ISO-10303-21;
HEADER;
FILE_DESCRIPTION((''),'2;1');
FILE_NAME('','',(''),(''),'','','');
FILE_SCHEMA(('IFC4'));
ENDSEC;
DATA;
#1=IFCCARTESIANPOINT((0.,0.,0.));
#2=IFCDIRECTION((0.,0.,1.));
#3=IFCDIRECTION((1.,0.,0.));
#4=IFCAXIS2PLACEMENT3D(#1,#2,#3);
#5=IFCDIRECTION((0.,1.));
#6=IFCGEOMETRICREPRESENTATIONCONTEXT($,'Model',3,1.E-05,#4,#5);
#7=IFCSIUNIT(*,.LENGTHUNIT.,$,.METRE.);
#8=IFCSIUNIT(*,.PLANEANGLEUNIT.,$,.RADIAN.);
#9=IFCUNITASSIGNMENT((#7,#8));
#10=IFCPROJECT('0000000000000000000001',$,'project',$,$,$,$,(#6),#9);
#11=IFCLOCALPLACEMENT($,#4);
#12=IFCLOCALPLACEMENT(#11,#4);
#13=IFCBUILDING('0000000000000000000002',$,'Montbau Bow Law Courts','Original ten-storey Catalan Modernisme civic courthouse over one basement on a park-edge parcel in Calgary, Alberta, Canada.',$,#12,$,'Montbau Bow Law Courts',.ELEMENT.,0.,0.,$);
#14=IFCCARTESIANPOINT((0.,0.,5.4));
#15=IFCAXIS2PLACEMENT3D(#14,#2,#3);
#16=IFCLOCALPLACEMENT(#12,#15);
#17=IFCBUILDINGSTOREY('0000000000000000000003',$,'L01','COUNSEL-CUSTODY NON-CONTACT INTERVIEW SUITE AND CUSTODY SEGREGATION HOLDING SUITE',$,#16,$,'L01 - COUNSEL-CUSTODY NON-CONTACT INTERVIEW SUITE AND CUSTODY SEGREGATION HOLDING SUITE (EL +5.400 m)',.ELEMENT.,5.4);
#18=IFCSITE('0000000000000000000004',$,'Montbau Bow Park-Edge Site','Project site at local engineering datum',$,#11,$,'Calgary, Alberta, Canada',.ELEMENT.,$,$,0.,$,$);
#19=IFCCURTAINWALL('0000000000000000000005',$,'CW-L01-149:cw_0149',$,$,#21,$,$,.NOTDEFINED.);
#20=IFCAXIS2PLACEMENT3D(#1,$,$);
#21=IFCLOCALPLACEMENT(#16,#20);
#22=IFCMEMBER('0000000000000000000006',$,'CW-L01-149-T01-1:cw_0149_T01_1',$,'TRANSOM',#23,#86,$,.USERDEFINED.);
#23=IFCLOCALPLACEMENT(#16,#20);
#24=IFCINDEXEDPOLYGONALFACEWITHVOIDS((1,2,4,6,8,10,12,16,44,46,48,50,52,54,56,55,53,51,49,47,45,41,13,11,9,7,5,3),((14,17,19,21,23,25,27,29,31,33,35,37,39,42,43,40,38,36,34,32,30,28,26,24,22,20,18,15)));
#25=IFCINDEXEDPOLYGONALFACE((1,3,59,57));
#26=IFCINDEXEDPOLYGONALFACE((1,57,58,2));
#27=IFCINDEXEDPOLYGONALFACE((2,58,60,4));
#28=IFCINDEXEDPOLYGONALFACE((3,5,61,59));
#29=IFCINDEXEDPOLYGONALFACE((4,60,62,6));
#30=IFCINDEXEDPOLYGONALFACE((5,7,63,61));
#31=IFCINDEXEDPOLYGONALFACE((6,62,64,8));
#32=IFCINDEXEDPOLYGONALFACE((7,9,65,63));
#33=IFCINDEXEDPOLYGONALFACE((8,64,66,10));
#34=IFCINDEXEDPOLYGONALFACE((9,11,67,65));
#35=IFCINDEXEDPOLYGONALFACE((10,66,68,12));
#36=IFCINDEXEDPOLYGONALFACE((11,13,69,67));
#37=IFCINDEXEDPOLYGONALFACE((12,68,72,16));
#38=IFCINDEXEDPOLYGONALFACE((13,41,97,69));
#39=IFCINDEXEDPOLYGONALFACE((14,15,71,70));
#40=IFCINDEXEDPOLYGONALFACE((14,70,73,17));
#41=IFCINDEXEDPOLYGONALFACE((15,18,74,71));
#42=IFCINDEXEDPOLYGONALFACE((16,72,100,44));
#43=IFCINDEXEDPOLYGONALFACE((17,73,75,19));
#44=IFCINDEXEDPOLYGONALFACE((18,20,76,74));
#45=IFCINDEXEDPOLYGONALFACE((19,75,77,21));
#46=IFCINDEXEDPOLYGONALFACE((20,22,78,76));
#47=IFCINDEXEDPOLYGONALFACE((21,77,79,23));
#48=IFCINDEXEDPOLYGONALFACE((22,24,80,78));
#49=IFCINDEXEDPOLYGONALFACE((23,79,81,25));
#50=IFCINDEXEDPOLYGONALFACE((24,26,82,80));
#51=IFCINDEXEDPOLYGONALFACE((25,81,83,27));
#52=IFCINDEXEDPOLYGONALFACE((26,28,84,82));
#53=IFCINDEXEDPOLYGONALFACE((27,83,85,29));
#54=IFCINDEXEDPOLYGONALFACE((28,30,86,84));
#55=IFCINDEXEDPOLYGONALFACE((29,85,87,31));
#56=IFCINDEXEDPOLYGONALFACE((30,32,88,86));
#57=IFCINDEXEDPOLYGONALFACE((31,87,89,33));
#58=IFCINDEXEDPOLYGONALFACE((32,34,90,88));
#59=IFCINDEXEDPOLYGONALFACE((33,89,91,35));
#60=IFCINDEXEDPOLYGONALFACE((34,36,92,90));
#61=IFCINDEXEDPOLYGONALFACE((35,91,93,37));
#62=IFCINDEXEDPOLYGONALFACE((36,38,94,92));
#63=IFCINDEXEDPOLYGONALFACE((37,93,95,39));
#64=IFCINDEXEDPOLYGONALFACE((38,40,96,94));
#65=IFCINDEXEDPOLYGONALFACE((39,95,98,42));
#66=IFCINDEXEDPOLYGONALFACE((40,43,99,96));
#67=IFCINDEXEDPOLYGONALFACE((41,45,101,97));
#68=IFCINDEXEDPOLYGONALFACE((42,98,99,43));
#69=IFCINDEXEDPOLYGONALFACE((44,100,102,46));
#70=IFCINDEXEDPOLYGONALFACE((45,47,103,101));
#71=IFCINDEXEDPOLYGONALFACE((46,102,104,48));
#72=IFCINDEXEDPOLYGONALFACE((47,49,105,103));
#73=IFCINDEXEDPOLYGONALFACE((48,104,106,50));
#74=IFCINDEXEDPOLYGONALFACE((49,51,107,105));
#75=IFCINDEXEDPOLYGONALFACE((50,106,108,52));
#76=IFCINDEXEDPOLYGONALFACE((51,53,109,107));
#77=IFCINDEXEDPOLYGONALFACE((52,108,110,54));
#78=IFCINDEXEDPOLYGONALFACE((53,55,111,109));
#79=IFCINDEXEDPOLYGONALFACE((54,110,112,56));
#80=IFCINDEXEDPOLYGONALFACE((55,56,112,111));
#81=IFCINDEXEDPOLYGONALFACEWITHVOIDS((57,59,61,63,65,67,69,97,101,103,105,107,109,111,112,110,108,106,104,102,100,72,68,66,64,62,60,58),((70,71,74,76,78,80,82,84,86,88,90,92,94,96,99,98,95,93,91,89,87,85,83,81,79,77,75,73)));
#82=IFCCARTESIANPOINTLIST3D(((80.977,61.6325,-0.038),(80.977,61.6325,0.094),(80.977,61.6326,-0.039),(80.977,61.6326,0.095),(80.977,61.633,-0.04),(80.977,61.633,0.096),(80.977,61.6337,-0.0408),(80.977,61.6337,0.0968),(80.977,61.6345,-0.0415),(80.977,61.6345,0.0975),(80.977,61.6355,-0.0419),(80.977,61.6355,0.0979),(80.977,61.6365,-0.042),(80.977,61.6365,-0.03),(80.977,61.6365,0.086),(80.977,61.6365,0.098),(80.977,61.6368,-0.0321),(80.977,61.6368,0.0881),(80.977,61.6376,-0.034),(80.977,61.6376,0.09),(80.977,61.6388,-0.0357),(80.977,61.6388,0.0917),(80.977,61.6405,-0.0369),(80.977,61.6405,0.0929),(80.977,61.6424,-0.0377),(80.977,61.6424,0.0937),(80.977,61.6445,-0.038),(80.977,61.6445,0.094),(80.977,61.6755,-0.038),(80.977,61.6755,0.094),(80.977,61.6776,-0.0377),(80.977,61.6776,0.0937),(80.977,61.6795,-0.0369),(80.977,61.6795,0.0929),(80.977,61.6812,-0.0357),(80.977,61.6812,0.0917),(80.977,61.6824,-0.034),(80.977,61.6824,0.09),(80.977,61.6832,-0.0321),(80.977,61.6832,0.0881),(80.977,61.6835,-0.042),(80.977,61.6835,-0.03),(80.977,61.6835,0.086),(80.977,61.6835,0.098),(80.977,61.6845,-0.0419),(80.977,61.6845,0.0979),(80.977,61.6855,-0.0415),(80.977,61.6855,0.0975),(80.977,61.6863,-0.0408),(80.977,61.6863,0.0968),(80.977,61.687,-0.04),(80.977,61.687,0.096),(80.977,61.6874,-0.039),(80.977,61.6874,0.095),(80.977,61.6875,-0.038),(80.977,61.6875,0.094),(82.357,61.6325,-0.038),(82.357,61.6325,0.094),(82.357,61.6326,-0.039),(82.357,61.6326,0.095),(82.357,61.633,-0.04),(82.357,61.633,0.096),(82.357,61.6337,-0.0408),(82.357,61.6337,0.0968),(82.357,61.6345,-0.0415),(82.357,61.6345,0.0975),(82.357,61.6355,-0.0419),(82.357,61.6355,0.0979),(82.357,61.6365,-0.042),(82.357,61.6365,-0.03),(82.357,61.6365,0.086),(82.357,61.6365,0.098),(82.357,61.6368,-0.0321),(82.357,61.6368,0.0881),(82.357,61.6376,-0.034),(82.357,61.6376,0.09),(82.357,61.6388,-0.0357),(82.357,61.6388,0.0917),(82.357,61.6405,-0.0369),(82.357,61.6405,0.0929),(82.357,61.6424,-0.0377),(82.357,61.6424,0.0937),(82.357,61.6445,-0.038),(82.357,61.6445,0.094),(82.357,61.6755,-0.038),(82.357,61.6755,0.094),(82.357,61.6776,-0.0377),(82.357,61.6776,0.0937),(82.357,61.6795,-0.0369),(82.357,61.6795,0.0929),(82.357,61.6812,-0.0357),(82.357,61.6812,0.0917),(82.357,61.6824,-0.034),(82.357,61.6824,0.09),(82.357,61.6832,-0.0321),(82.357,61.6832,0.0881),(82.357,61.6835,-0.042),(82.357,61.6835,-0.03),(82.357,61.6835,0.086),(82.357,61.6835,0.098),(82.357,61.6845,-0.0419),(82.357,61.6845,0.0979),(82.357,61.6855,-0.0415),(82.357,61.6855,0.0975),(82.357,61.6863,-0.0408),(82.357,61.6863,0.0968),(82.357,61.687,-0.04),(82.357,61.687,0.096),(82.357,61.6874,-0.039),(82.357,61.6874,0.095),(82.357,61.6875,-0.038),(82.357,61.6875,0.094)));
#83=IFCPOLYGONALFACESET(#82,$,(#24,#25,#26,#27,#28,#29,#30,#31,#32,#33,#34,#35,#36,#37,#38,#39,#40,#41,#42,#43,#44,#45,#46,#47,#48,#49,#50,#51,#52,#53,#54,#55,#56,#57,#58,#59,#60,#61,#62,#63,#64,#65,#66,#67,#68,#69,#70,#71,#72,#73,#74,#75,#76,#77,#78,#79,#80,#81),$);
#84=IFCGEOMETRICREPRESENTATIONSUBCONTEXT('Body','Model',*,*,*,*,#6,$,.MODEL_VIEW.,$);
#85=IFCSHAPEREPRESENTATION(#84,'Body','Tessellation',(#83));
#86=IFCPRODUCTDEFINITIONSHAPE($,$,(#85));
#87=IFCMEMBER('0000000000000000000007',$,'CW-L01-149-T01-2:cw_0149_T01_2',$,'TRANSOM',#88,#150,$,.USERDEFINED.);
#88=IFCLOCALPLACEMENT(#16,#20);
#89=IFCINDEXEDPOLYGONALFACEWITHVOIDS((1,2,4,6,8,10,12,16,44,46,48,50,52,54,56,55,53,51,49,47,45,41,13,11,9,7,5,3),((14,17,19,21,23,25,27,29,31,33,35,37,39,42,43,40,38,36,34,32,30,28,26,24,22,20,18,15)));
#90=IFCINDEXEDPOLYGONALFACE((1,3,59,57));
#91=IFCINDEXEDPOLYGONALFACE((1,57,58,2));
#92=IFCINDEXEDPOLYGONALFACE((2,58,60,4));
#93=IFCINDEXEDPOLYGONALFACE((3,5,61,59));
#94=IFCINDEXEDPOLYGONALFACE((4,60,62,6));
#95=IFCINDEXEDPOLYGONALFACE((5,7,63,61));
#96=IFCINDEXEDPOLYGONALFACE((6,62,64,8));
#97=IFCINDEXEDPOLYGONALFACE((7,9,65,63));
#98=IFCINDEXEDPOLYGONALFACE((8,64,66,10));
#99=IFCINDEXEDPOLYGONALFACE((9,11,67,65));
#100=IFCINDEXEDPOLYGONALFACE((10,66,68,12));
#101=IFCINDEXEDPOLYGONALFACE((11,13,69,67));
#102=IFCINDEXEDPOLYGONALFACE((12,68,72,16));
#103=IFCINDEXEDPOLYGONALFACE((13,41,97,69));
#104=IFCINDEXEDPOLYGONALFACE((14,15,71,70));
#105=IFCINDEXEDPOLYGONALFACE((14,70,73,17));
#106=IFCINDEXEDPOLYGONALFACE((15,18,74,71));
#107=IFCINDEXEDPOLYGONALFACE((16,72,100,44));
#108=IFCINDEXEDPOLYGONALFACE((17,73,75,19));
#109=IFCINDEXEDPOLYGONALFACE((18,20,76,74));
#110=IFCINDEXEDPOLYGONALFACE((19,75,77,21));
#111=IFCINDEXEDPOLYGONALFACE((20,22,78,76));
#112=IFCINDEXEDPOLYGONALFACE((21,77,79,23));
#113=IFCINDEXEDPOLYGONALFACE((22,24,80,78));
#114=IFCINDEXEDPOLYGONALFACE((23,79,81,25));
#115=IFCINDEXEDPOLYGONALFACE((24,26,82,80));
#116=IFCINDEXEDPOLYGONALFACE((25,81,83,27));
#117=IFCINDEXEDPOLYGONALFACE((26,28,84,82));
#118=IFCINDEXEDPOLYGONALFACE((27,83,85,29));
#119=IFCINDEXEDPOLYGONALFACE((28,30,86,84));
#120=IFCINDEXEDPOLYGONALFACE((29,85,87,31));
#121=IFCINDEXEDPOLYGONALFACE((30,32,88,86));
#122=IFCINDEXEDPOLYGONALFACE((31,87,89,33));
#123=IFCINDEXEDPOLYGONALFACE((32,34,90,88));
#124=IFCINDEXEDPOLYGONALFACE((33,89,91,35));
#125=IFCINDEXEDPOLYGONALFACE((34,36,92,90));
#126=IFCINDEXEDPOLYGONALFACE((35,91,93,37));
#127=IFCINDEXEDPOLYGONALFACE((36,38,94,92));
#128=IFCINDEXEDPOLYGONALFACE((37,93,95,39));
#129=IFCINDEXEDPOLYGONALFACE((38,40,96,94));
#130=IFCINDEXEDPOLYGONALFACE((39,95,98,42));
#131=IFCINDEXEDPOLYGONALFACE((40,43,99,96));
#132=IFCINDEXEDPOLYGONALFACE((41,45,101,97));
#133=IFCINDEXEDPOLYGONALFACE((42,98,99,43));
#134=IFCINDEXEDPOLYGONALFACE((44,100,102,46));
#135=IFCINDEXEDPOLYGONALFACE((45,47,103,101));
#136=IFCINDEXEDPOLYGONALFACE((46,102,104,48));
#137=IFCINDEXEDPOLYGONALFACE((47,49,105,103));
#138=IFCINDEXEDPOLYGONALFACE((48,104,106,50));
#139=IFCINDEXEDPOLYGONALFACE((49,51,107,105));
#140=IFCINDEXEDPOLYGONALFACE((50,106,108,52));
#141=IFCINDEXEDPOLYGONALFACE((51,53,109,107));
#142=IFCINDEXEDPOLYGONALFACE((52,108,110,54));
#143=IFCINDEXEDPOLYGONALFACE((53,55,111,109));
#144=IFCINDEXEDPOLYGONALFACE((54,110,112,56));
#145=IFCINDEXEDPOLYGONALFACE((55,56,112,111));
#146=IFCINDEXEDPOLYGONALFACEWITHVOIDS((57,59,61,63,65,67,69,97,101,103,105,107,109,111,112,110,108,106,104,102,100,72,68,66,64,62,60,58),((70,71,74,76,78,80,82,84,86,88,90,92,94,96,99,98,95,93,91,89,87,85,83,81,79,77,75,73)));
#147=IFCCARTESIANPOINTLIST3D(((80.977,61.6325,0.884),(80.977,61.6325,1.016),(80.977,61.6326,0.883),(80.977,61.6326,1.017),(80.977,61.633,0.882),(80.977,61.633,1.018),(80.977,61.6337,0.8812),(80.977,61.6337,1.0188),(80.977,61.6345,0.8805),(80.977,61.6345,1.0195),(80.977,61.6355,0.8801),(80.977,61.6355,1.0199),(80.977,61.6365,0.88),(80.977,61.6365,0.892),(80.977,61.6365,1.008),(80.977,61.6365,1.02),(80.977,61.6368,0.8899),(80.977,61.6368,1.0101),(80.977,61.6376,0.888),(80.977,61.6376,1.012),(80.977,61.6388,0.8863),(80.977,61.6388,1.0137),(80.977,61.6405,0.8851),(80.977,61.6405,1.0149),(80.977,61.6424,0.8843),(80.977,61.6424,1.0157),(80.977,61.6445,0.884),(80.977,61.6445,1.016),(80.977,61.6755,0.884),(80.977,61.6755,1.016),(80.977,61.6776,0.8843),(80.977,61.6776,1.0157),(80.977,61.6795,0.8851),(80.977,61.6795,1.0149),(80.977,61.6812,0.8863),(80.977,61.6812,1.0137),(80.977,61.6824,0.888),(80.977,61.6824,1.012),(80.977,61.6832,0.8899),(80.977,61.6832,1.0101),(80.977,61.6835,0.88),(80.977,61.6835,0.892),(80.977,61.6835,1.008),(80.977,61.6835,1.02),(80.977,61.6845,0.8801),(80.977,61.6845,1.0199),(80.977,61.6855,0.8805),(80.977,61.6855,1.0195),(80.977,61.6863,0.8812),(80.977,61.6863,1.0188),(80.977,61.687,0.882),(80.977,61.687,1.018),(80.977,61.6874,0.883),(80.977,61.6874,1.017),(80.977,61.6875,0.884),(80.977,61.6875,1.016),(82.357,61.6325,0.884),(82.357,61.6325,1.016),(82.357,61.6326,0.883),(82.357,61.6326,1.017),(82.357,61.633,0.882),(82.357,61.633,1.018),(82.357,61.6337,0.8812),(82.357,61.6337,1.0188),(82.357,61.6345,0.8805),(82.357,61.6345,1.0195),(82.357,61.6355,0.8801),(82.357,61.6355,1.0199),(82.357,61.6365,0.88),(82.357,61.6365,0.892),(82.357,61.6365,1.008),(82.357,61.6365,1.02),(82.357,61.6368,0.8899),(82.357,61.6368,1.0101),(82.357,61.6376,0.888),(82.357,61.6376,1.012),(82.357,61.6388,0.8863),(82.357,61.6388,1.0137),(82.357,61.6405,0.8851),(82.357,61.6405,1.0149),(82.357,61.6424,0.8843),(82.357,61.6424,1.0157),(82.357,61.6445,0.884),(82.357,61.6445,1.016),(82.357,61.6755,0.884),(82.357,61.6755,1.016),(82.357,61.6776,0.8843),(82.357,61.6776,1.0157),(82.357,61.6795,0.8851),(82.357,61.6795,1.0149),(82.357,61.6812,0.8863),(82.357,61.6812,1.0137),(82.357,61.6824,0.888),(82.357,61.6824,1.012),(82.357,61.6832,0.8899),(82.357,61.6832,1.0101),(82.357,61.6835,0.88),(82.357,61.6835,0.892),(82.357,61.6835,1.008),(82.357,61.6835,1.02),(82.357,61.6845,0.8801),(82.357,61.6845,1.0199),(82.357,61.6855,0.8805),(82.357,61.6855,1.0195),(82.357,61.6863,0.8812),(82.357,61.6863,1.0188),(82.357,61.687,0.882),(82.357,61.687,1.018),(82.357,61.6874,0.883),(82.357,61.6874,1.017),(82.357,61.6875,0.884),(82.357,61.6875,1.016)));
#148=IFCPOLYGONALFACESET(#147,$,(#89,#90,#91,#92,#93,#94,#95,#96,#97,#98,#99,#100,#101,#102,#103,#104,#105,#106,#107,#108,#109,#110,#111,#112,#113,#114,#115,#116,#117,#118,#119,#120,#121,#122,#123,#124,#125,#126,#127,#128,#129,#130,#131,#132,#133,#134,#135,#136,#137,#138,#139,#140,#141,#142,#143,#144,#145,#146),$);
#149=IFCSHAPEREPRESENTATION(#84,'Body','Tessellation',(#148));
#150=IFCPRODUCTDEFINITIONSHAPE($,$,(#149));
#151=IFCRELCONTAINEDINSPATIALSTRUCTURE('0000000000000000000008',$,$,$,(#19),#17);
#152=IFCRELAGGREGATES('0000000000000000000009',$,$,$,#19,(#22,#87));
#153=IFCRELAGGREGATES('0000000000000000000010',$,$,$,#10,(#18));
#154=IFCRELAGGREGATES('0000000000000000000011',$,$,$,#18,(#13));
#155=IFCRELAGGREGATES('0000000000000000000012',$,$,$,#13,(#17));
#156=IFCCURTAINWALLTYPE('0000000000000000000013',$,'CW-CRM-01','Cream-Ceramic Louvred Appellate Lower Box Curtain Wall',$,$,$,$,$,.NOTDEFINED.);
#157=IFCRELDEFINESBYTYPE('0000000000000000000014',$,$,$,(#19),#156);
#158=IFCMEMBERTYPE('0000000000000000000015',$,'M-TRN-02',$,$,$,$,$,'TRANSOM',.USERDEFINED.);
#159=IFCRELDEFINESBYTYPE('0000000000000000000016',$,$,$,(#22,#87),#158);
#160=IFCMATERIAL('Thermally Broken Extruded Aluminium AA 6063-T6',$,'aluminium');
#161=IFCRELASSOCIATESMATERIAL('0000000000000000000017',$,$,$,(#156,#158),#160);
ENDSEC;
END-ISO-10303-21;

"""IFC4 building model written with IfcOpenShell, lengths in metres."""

from ifc_helpers import new_model, si_unit, direction, frame, origin_with_axes, origin_2d_with_axis, place, context, subcontext, project, spatial, hollow_rectangle, extrude, material, material_profile, profile_set, type_object, element, aggregate, save


model = new_model("IFC4")

# Units and contexts
model_context = context("Model", 3, precision=1e-05, world=origin_with_axes(), true_north=direction((0.0, 1.0)))
body_context = subcontext(model_context, "Body", "Model", "MODEL_VIEW")
ifc_project = project(units=[si_unit("LENGTHUNIT", "METRE"), si_unit("PLANEANGLEUNIT", "RADIAN")], contexts=[model_context])

# Site, building, storey
site_placement = place(None, origin_with_axes())
site = spatial("IfcSite", under=ifc_project, at=site_placement, Name="Montbau Bow Park-Edge Site", Description="Project site at local engineering datum", LongName="Calgary, Alberta, Canada", CompositionType="ELEMENT", RefElevation=0.0)
building_placement = place(site_placement, origin_with_axes())
building = spatial("IfcBuilding", under=site, at=building_placement, Name="Montbau Bow Law Courts", Description="Original ten-storey Catalan Modernisme civic courthouse over one basement on a park-edge parcel in Calgary, Alberta, Canada.", LongName="Montbau Bow Law Courts", CompositionType="ELEMENT", ElevationOfRefHeight=0.0, ElevationOfTerrain=0.0)
storey_placement = place(building_placement, frame((0.0, 0.0, 5.4), z_axis=(0.0, 0.0, 1.0), x_axis=(1.0, 0.0, 0.0)))
storey = spatial("IfcBuildingStorey", under=building, at=storey_placement, Name="L01", Description="COUNSEL-CUSTODY NON-CONTACT INTERVIEW SUITE AND CUSTODY SEGREGATION HOLDING SUITE", LongName="L01 - COUNSEL-CUSTODY NON-CONTACT INTERVIEW SUITE AND CUSTODY SEGREGATION HOLDING SUITE (EL +5.400 m)", CompositionType="ELEMENT", Elevation=5.4)

# Curtain wall, members
ifc_material_1 = material(Name="Thermally Broken Extruded Aluminium AA 6063-T6", Category="aluminium")
curtain_wall_type = type_object("IfcCurtainWallType", Name="CW-CRM-01", Description="Cream-Ceramic Louvred Appellate Lower Box Curtain Wall", PredefinedType="NOTDEFINED", material=ifc_material_1)
curtain_wall_placement = place(None, frame((80.915, 61.66, 5.4), z_axis=(0.0, 0.0, 1.0), x_axis=(1.0, 0.0, 0.0)))
curtain_wall = element("IfcCurtainWall", 1, at=curtain_wall_placement, inside=storey, type_object=curtain_wall_type, Name="CW-L01-149:cw_0149", PredefinedType="NOTDEFINED")
ifc_material_profile_1 = material_profile(ifc_material_1, hollow_rectangle(XDim=0.055, YDim=0.14, WallThickness=0.004, InnerFilletRadius=0.008, OuterFilletRadius=0.004, at=origin_2d_with_axis()), Name="CWT-140X55", Category="Main", Priority=0)
ifc_profile_set_1 = profile_set([ifc_material_profile_1], Name="Thermally Broken Extruded Aluminium AA 6063-T6")
member_type_1 = type_object("IfcMemberType", Name="M-TRN-02", ElementType="TRANSOM", PredefinedType="USERDEFINED", material=ifc_profile_set_1)
member_1_placement = place(None, frame((80.977, 61.66, 5.428), z_axis=(1.0, 0.0, 0.0), x_axis=(0.0, 1.0, 0.0)))
member_1 = element("IfcMember", 2, at=member_1_placement, type_object=member_type_1, Name="CW-L01-149-T01-1:cw_0149_T01_1", ObjectType="TRANSOM", PredefinedType="USERDEFINED", context=body_context, shape_type="SweptSolid", body=[
    extrude(hollow_rectangle(XDim=0.055, YDim=0.14, WallThickness=0.004, InnerFilletRadius=0.008, OuterFilletRadius=0.004, at=origin_2d_with_axis()), origin_with_axes(), (0.0, 0.0, 1.0), 1.38),
])
member_2_placement = place(None, frame((80.977, 61.66, 6.35), z_axis=(1.0, 0.0, 0.0), x_axis=(0.0, 1.0, 0.0)))
member_2 = element("IfcMember", 3, at=member_2_placement, type_object=member_type_1, Name="CW-L01-149-T01-2:cw_0149_T01_2", ObjectType="TRANSOM", PredefinedType="USERDEFINED", context=body_context, shape_type="SweptSolid", body=[
    extrude(hollow_rectangle(XDim=0.055, YDim=0.14, WallThickness=0.004, InnerFilletRadius=0.008, OuterFilletRadius=0.004, at=origin_2d_with_axis()), origin_with_axes(), (0.0, 0.0, 1.0), 1.38),
])
aggregate(curtain_wall, [member_1, member_2])

save(model, "model.ifc")
